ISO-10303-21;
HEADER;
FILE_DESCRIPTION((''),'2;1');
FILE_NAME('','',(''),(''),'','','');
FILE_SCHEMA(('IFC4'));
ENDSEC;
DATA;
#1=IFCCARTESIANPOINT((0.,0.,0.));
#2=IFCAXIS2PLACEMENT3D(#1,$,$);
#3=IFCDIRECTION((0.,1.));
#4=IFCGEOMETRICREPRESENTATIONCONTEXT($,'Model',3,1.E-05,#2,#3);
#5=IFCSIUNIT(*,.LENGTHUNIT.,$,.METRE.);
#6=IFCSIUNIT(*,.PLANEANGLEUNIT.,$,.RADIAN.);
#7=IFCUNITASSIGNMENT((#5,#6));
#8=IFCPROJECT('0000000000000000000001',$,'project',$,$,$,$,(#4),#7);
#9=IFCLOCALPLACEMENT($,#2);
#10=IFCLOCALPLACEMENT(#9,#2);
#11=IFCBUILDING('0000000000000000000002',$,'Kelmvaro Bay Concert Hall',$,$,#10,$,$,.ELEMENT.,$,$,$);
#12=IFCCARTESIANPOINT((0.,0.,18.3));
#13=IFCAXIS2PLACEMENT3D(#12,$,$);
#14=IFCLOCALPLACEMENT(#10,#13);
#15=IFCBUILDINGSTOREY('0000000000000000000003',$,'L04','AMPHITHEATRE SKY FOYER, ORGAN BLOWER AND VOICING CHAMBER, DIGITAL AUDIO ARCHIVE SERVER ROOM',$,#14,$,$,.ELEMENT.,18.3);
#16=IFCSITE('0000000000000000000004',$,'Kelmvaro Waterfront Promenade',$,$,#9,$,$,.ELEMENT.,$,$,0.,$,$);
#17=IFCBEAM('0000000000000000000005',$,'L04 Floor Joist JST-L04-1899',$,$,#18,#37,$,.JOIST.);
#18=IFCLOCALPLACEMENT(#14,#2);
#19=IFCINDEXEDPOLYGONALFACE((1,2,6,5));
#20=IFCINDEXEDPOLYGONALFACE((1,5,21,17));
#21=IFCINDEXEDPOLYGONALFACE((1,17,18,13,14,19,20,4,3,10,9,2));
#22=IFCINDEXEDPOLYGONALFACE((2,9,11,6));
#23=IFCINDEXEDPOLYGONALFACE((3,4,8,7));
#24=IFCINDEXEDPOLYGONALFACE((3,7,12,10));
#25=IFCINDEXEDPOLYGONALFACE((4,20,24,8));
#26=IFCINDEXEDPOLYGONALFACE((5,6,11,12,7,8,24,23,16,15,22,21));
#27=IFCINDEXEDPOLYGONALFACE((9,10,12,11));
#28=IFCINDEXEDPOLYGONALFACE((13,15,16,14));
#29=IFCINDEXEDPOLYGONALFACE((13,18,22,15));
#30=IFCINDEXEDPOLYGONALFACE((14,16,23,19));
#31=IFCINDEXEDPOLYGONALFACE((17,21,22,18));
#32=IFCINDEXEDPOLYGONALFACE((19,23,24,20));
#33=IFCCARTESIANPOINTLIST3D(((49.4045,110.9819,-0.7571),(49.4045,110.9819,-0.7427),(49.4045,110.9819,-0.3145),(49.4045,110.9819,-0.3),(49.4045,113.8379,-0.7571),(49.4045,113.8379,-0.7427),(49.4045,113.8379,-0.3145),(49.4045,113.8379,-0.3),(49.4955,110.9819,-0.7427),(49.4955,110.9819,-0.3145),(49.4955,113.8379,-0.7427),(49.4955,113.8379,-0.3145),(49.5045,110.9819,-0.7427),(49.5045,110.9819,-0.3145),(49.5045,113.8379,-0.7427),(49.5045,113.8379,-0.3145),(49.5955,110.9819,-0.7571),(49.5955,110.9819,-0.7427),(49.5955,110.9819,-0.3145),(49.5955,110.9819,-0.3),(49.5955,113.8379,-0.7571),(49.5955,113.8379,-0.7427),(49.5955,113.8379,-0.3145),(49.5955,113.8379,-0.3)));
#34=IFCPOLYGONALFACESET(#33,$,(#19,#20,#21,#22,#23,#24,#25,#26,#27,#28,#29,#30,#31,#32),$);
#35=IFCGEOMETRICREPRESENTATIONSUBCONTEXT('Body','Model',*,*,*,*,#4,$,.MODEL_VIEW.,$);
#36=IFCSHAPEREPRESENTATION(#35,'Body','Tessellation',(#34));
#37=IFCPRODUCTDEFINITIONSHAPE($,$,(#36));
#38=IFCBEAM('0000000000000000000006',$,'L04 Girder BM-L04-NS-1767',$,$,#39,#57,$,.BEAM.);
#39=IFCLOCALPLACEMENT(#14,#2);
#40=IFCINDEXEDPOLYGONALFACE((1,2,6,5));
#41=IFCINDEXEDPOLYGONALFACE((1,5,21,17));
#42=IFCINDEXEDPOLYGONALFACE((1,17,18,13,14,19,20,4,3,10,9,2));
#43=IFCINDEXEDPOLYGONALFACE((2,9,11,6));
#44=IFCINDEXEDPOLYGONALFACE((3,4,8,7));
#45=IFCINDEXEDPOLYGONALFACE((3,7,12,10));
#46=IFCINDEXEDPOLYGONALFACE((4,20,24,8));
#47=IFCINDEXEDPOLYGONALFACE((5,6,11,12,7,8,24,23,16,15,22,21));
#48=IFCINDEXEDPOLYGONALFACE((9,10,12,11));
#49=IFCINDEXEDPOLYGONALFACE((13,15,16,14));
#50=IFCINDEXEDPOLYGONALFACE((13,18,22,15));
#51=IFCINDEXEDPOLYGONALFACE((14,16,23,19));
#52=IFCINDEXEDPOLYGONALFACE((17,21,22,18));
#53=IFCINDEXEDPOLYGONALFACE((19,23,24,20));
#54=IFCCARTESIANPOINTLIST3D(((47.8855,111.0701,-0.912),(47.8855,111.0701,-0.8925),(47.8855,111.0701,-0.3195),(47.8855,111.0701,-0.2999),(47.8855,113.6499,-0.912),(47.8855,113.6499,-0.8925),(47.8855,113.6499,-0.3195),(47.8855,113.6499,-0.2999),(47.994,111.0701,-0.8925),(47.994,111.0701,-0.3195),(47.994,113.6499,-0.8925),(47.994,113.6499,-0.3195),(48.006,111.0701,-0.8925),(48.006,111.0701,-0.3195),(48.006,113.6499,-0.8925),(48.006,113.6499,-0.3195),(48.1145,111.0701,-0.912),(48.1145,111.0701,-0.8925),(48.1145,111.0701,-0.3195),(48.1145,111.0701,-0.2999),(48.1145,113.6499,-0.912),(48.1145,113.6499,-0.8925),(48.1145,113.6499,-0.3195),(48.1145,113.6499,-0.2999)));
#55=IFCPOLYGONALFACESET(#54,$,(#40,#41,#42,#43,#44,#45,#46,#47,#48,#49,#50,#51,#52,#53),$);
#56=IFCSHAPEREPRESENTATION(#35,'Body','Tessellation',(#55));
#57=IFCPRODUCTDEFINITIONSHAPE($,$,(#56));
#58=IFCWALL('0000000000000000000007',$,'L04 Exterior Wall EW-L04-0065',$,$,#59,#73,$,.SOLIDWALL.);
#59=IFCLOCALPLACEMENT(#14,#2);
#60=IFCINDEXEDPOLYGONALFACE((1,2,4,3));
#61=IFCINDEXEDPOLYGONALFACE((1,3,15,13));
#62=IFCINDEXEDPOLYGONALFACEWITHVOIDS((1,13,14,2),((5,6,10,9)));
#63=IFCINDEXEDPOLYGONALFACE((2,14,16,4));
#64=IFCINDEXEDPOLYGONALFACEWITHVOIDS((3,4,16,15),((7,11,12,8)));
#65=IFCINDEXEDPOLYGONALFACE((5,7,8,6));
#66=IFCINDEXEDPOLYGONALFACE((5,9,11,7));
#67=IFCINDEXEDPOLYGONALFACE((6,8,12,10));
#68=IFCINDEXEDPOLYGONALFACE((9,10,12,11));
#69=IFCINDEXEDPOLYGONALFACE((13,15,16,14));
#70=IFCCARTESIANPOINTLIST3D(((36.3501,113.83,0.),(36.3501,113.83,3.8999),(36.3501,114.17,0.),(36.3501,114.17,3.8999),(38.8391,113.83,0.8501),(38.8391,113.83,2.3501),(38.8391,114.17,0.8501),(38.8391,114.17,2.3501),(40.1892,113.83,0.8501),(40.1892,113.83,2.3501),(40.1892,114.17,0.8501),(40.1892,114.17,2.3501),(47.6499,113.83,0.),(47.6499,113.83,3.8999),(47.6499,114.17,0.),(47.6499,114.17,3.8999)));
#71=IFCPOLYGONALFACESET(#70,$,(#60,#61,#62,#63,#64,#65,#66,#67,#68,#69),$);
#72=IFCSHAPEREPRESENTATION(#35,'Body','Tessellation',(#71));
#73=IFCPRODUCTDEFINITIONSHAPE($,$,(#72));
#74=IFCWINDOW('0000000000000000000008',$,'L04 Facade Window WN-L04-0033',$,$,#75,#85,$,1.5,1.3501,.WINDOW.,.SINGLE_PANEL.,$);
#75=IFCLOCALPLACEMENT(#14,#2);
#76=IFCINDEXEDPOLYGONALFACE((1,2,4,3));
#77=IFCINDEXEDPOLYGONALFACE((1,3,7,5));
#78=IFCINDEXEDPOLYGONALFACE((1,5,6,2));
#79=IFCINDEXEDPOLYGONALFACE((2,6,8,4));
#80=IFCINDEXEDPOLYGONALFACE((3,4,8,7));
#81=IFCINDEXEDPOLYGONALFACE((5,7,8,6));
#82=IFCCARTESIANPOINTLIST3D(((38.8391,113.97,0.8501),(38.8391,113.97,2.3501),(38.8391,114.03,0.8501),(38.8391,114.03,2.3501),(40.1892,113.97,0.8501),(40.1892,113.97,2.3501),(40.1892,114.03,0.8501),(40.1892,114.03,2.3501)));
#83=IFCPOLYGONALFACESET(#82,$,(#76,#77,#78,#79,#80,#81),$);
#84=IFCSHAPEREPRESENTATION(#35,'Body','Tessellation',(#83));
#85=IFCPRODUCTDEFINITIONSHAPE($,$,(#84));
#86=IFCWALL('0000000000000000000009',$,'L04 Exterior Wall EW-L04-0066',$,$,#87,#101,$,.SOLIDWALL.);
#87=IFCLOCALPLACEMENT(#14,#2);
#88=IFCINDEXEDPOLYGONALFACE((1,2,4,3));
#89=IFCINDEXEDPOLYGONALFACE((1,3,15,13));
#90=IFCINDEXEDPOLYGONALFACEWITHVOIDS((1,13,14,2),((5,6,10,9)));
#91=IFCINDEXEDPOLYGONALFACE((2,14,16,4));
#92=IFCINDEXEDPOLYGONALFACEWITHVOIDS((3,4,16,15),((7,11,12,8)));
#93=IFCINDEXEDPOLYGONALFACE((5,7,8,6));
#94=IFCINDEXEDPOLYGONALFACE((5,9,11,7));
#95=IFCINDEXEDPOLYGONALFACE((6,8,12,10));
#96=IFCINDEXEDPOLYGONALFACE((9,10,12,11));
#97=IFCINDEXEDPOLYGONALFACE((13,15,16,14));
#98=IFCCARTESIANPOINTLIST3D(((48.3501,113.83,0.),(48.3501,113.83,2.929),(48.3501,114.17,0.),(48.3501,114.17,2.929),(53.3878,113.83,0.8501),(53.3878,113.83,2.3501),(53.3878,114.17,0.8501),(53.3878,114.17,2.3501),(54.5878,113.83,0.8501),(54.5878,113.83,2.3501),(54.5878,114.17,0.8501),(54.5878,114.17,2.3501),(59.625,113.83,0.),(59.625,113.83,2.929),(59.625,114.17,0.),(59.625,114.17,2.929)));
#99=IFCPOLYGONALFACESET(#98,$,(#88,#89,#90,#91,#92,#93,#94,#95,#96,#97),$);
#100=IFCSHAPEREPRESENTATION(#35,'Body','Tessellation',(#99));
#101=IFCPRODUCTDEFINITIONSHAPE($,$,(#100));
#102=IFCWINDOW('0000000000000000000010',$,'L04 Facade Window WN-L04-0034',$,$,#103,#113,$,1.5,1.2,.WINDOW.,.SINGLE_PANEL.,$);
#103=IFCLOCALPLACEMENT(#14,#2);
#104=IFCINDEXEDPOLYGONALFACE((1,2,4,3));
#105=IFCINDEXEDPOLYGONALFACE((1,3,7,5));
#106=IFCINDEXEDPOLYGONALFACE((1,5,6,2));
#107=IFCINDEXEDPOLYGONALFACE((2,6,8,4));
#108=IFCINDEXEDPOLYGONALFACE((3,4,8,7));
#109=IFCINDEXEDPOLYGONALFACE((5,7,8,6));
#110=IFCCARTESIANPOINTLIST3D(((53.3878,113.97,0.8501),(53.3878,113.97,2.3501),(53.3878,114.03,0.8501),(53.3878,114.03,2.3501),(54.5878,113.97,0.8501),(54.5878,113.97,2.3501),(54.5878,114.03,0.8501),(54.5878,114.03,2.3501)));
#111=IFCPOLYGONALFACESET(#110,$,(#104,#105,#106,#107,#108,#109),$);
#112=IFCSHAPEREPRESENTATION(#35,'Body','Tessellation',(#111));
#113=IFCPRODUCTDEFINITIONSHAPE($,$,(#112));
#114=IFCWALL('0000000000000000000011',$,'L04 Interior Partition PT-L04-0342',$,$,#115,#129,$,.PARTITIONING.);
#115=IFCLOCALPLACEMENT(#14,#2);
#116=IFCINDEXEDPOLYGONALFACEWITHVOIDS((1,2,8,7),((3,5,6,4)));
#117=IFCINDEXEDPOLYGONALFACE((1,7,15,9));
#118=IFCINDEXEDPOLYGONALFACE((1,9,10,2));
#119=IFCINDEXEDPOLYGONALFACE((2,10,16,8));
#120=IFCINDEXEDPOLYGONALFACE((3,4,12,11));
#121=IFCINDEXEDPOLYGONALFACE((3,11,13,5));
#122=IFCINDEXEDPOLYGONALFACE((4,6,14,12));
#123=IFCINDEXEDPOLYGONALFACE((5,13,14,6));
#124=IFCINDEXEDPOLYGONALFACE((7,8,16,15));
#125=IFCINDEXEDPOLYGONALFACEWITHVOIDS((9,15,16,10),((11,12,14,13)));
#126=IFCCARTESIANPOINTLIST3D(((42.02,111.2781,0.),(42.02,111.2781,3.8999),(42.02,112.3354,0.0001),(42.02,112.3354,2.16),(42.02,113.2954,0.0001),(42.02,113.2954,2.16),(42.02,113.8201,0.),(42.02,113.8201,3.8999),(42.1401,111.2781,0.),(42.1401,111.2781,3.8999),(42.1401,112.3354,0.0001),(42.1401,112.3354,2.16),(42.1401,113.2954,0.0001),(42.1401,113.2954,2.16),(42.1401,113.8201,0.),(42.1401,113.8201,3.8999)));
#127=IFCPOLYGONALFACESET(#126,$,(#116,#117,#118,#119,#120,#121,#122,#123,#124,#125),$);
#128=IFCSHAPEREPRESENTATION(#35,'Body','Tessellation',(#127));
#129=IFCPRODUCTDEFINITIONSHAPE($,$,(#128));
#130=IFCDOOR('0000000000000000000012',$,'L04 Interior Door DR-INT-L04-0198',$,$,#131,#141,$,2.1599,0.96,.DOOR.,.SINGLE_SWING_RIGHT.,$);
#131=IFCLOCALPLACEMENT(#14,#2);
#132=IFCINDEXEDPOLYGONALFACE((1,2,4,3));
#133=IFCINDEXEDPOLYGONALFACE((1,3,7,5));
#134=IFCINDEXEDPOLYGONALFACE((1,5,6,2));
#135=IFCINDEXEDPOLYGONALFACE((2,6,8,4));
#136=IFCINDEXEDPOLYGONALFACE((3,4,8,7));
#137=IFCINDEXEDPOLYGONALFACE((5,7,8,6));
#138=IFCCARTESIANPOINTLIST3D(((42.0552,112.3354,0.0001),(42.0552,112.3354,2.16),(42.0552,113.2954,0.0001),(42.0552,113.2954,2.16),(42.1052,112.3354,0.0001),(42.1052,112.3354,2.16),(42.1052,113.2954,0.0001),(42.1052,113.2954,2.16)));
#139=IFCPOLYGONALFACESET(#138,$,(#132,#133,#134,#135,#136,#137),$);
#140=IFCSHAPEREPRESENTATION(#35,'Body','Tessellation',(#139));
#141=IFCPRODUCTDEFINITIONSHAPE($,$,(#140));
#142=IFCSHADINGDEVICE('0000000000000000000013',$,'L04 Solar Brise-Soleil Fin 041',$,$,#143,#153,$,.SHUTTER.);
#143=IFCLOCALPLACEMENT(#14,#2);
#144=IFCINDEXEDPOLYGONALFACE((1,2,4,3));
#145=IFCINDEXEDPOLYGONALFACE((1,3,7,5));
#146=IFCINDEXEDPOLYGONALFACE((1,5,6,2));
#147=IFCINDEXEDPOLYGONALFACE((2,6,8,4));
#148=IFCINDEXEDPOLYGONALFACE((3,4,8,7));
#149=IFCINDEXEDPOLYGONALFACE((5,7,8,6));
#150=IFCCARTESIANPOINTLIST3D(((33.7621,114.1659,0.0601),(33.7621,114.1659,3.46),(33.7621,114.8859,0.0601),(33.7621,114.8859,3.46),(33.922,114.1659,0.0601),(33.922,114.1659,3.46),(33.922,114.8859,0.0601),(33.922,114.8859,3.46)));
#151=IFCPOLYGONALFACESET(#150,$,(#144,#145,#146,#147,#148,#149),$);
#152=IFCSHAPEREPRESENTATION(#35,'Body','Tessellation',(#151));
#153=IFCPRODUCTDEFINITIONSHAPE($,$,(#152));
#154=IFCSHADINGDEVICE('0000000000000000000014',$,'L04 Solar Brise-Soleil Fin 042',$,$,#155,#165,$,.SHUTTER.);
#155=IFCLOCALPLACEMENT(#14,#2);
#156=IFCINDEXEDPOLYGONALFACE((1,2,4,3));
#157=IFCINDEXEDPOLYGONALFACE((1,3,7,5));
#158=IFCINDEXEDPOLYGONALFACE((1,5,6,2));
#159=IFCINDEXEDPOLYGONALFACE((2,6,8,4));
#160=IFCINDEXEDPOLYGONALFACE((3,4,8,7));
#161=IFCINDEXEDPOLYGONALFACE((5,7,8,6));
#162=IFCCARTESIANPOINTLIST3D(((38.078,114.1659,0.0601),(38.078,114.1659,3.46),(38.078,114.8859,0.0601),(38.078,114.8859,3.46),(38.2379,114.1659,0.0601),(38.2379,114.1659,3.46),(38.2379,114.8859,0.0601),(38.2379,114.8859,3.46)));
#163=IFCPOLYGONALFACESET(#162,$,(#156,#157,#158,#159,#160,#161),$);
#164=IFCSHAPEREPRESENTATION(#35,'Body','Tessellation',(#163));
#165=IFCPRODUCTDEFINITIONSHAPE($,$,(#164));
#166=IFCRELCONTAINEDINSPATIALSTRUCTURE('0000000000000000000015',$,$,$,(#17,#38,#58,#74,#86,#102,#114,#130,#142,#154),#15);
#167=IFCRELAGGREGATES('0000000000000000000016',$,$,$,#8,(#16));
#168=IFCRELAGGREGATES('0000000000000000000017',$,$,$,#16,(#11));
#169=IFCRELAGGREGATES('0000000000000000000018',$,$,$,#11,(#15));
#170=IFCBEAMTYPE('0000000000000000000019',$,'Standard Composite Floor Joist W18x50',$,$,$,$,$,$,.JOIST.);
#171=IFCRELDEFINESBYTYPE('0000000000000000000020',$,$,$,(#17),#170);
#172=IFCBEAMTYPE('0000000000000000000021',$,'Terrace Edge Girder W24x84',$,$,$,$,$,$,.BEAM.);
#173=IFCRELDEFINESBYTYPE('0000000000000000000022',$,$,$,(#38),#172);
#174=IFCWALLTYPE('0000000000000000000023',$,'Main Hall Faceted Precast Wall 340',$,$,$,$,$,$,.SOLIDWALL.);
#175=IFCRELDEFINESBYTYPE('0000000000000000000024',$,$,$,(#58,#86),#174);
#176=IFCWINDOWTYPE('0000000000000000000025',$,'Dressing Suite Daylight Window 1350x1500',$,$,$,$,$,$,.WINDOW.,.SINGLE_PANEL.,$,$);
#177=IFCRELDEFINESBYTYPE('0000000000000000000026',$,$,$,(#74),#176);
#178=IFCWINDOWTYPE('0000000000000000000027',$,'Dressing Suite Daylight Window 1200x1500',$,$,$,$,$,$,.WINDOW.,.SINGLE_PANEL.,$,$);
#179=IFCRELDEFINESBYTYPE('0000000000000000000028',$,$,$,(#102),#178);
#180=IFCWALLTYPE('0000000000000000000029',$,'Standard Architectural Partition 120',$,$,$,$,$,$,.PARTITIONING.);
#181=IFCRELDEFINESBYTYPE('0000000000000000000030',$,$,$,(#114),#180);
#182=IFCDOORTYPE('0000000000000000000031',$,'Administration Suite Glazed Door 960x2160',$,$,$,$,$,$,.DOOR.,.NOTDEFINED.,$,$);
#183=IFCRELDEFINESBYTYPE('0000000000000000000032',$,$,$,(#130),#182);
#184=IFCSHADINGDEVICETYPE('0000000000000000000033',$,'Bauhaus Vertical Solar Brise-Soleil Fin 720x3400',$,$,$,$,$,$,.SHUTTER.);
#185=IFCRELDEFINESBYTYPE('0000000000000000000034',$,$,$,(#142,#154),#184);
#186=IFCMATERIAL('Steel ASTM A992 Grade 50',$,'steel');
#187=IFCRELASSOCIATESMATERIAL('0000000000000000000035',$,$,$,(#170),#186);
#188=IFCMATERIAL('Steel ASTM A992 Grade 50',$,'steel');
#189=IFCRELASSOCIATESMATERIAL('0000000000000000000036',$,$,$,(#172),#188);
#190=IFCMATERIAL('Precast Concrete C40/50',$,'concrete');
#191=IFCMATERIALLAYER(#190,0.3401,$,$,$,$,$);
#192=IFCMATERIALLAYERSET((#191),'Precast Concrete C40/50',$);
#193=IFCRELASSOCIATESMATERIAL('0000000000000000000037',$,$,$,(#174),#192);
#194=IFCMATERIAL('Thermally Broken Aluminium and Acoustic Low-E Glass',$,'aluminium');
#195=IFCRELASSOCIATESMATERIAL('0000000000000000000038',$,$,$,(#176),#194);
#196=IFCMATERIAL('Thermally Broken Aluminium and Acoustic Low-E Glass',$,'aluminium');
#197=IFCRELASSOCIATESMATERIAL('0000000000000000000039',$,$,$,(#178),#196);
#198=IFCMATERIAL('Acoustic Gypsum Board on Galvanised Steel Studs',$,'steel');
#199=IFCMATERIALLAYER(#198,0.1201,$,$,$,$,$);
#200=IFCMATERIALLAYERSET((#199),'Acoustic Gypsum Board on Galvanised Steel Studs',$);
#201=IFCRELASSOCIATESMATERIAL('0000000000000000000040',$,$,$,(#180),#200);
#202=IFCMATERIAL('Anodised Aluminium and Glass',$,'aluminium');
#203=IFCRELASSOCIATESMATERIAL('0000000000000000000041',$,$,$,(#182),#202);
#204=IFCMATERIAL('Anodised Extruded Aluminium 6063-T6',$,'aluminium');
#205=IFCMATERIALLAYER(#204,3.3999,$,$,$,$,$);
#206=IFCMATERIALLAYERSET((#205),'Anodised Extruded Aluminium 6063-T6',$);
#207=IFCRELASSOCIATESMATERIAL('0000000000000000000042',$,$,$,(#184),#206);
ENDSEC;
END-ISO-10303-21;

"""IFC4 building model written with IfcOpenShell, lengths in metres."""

from ifc_helpers import new_model, si_unit, direction, frame, frame_2d, origin, origin_2d, place, context, subcontext, project, spatial, rectangle, i_section, extrude, material, layer, layer_set, material_profile, profile_set, type_object, element, fill, save


model = new_model("IFC4")

# Units and contexts
model_context = context("Model", 3, precision=1e-05, world=origin(), true_north=direction((0.0, 1.0)))
body_context = subcontext(model_context, "Body", "Model", "MODEL_VIEW")
ifc_project = project(units=[si_unit("LENGTHUNIT", "METRE"), si_unit("PLANEANGLEUNIT", "RADIAN")], contexts=[model_context])

# Site, building, storey
site_placement = place(None, origin())
site = spatial("IfcSite", under=ifc_project, at=site_placement, Name="Kelmvaro Waterfront Promenade", CompositionType="ELEMENT", RefElevation=0.0)
building_placement = place(site_placement, origin())
building = spatial("IfcBuilding", under=site, at=building_placement, Name="Kelmvaro Bay Concert Hall", CompositionType="ELEMENT")
storey_placement = place(building_placement, frame((0.0, 0.0, 18.3)))
storey = spatial("IfcBuildingStorey", under=building, at=storey_placement, Name="L04", Description="AMPHITHEATRE SKY FOYER, ORGAN BLOWER AND VOICING CHAMBER, DIGITAL AUDIO ARCHIVE SERVER ROOM", CompositionType="ELEMENT", Elevation=18.3)

# Beams
ifc_material_1 = material(Name="Steel ASTM A992 Grade 50", Category="steel")
ifc_material_profile_1 = material_profile(ifc_material_1, i_section(OverallWidth=0.1909, OverallDepth=0.457, WebThickness=0.009, FlangeThickness=0.0144, at=origin_2d()), Name="W18X50")
ifc_profile_set_1 = profile_set([ifc_material_profile_1], Name="Steel ASTM A992 Grade 50")
beam_type_1 = type_object("IfcBeamType", Name="Standard Composite Floor Joist W18x50", PredefinedType="JOIST", material=ifc_profile_set_1)
for number, where, z_axis, x_axis, name in (
    (1, (49.5, 110.9819, -0.5286), (0.0, 1.0, 0.0), (-1.0, 0.0, 0.0), "L04 Floor Joist JST-L04-1899"),
):
    element("IfcBeam", number, at=place(storey_placement, frame(where, z_axis=z_axis, x_axis=x_axis)), inside=storey, type_object=beam_type_1, Name=name, PredefinedType="JOIST", context=body_context, shape_type="SweptSolid", body=[
        extrude(i_section(OverallWidth=0.1909, OverallDepth=0.457, WebThickness=0.009, FlangeThickness=0.0144, at=origin_2d()), origin(), (0.0, 0.0, 1.0), 2.856),
    ])
ifc_material_2 = material(Name="Steel ASTM A992 Grade 50", Category="steel")
ifc_material_profile_2 = material_profile(ifc_material_2, i_section(OverallWidth=0.229, OverallDepth=0.6121, WebThickness=0.012, FlangeThickness=0.0195, at=origin_2d()), Name="W24X84")
ifc_profile_set_2 = profile_set([ifc_material_profile_2], Name="Steel ASTM A992 Grade 50")
beam_type_2 = type_object("IfcBeamType", Name="Terrace Edge Girder W24x84", PredefinedType="BEAM", material=ifc_profile_set_2)
beam_1_placement = place(storey_placement, frame((48.0, 111.0701, -0.606), z_axis=(0.0, 1.0, 0.0), x_axis=(-1.0, 0.0, 0.0)))
element("IfcBeam", 2, at=beam_1_placement, inside=storey, type_object=beam_type_2, Name="L04 Girder BM-L04-NS-1767", PredefinedType="BEAM", context=body_context, shape_type="SweptSolid", body=[
    extrude(i_section(OverallWidth=0.229, OverallDepth=0.6121, WebThickness=0.012, FlangeThickness=0.0195, at=origin_2d()), origin(), (0.0, 0.0, 1.0), 2.5798),
])

# Walls, openings, windows
ifc_material_3 = material(Name="Precast Concrete C40/50", Category="concrete")
ifc_layer_1 = layer(ifc_material_3, 0.3401)
ifc_layer_set_1 = layer_set([ifc_layer_1], Name="Precast Concrete C40/50")
wall_type_1 = type_object("IfcWallType", Name="Main Hall Faceted Precast Wall 340", PredefinedType="SOLIDWALL", material=ifc_layer_set_1)
wall_1_placement = place(storey_placement, frame((36.3501, 114.0, 0.0), z_axis=(0.0, 0.0, 1.0), x_axis=(1.0, 0.0, 0.0)))
wall_1 = element("IfcWall", 3, at=wall_1_placement, inside=storey, type_object=wall_type_1, Name="L04 Exterior Wall EW-L04-0065", PredefinedType="SOLIDWALL", context=body_context, shape_type="SweptSolid", body=[
    extrude(rectangle(XDim=11.2998, YDim=0.3401, at=frame_2d((5.6499, 0.0))), origin(), (0.0, 0.0, 1.0), 3.8999),
])
opening_1_placement = place(wall_1_placement, frame((2.489, 0.0, 0.8501)))
opening_1 = element("IfcOpeningElement", 4, at=opening_1_placement, cuts=wall_1, PredefinedType="OPENING", context=body_context, shape_type="SweptSolid", body=[
    extrude(rectangle(XDim=1.3501, YDim=1.5, at=frame_2d((0.675, 0.75))), frame((0.0, 0.1799, 0.0), z_axis=(0.0, -1.0, 0.0), x_axis=(1.0, 0.0, 0.0)), (0.0, 0.0, 1.0), 0.3601),
])
ifc_material_4 = material(Name="Thermally Broken Aluminium and Acoustic Low-E Glass", Category="aluminium")
window_type_1 = type_object("IfcWindowType", Name="Dressing Suite Daylight Window 1350x1500", PartitioningType="SINGLE_PANEL", PredefinedType="WINDOW", material=ifc_material_4)
window_1_placement = place(opening_1_placement, origin())
window_1 = element("IfcWindow", 5, at=window_1_placement, inside=storey, type_object=window_type_1, Name="L04 Facade Window WN-L04-0033", OverallHeight=1.5, OverallWidth=1.3501, PartitioningType="SINGLE_PANEL", PredefinedType="WINDOW", context=body_context, shape_type="SweptSolid", body=[
    extrude(rectangle(XDim=1.3501, YDim=1.5, at=frame_2d((0.675, 0.75))), frame((0.0, 0.03, 0.0), z_axis=(0.0, -1.0, 0.0), x_axis=(1.0, 0.0, 0.0)), (0.0, 0.0, 1.0), 0.0601),
])
fill(opening_1, window_1)
wall_2_placement = place(storey_placement, frame((48.3501, 114.0, 0.0), z_axis=(0.0, 0.0, 1.0), x_axis=(1.0, 0.0, 0.0)))
wall_2 = element("IfcWall", 6, at=wall_2_placement, inside=storey, type_object=wall_type_1, Name="L04 Exterior Wall EW-L04-0066", PredefinedType="SOLIDWALL", context=body_context, shape_type="SweptSolid", body=[
    extrude(rectangle(XDim=11.2749, YDim=0.3401, at=frame_2d((5.6375, 0.0))), origin(), (0.0, 0.0, 1.0), 2.929),
])
opening_2_placement = place(wall_2_placement, frame((5.0376, 0.0, 0.8501)))
opening_2 = element("IfcOpeningElement", 7, at=opening_2_placement, cuts=wall_2, PredefinedType="OPENING", context=body_context, shape_type="SweptSolid", body=[
    extrude(rectangle(XDim=1.2, YDim=1.5, at=frame_2d((0.6001, 0.75))), frame((0.0, 0.1799, 0.0), z_axis=(0.0, -1.0, 0.0), x_axis=(1.0, 0.0, 0.0)), (0.0, 0.0, 1.0), 0.3601),
])
ifc_material_5 = material(Name="Thermally Broken Aluminium and Acoustic Low-E Glass", Category="aluminium")
window_type_2 = type_object("IfcWindowType", Name="Dressing Suite Daylight Window 1200x1500", PartitioningType="SINGLE_PANEL", PredefinedType="WINDOW", material=ifc_material_5)
window_2_placement = place(opening_2_placement, origin())
window_2 = element("IfcWindow", 8, at=window_2_placement, inside=storey, type_object=window_type_2, Name="L04 Facade Window WN-L04-0034", OverallHeight=1.5, OverallWidth=1.2, PartitioningType="SINGLE_PANEL", PredefinedType="WINDOW", context=body_context, shape_type="SweptSolid", body=[
    extrude(rectangle(XDim=1.2, YDim=1.5, at=frame_2d((0.6001, 0.75))), frame((0.0, 0.03, 0.0), z_axis=(0.0, -1.0, 0.0), x_axis=(1.0, 0.0, 0.0)), (0.0, 0.0, 1.0), 0.0601),
])
fill(opening_2, window_2)

# Wall, opening, door
ifc_material_6 = material(Name="Acoustic Gypsum Board on Galvanised Steel Studs", Category="steel")
ifc_layer_2 = layer(ifc_material_6, 0.1201)
ifc_layer_set_2 = layer_set([ifc_layer_2], Name="Acoustic Gypsum Board on Galvanised Steel Studs")
wall_type_2 = type_object("IfcWallType", Name="Standard Architectural Partition 120", PredefinedType="PARTITIONING", material=ifc_layer_set_2)
wall_3_placement = place(storey_placement, frame((42.0801, 111.2781, 0.0), z_axis=(0.0, 0.0, 1.0), x_axis=(0.0, 1.0, 0.0)))
wall_3 = element("IfcWall", 9, at=wall_3_placement, inside=storey, type_object=wall_type_2, Name="L04 Interior Partition PT-L04-0342", PredefinedType="PARTITIONING", context=body_context, shape_type="SweptSolid", body=[
    extrude(rectangle(XDim=2.542, YDim=0.1201, at=frame_2d((1.271, 0.0))), origin(), (0.0, 0.0, 1.0), 3.8999),
])
opening_3_placement = place(wall_3_placement, frame((1.0574, 0.0, 0.0)))
opening_3 = element("IfcOpeningElement", 10, at=opening_3_placement, cuts=wall_3, PredefinedType="OPENING", context=body_context, shape_type="SweptSolid", body=[
    extrude(rectangle(XDim=0.96, YDim=2.1599, at=frame_2d((0.48, 1.0801))), frame((0.0, 0.0701, 0.0), z_axis=(0.0, -1.0, 0.0), x_axis=(1.0, 0.0, 0.0)), (0.0, 0.0, 1.0), 0.1401),
])
ifc_material_7 = material(Name="Anodised Aluminium and Glass", Category="aluminium")
door_type = type_object("IfcDoorType", Name="Administration Suite Glazed Door 960x2160", OperationType="NOTDEFINED", PredefinedType="DOOR", material=ifc_material_7)
door_placement = place(opening_3_placement, origin())
door = element("IfcDoor", 11, at=door_placement, inside=storey, type_object=door_type, Name="L04 Interior Door DR-INT-L04-0198", OperationType="SINGLE_SWING_RIGHT", OverallHeight=2.1599, OverallWidth=0.96, PredefinedType="DOOR", context=body_context, shape_type="SweptSolid", body=[
    extrude(rectangle(XDim=0.96, YDim=2.1599, at=frame_2d((0.48, 1.0801))), frame((0.0, 0.0249, 0.0), z_axis=(0.0, -1.0, 0.0), x_axis=(1.0, 0.0, 0.0)), (0.0, 0.0, 1.0), 0.05),
])
fill(opening_3, door)

# Shading devices
ifc_material_8 = material(Name="Anodised Extruded Aluminium 6063-T6", Category="aluminium")
ifc_layer_3 = layer(ifc_material_8, 3.3999)
ifc_layer_set_3 = layer_set([ifc_layer_3], Name="Anodised Extruded Aluminium 6063-T6")
shading_device_type = type_object("IfcShadingDeviceType", Name="Bauhaus Vertical Solar Brise-Soleil Fin 720x3400", PredefinedType="SHUTTER", material=ifc_layer_set_3)
for number, where, z_axis, x_axis, name in (
    (12, (33.842, 114.5259, 0.0601), (0.0, 0.0, 1.0), (1.0, 0.0, 0.0), "L04 Solar Brise-Soleil Fin 041"),
    (13, (38.158, 114.5259, 0.0601), (0.0, 0.0, 1.0), (1.0, 0.0, 0.0), "L04 Solar Brise-Soleil Fin 042"),
):
    element("IfcShadingDevice", number, at=place(storey_placement, frame(where, z_axis=z_axis, x_axis=x_axis)), inside=storey, type_object=shading_device_type, Name=name, PredefinedType="SHUTTER", context=body_context, shape_type="SweptSolid", body=[
        extrude(rectangle(XDim=0.1599, YDim=0.72, at=origin_2d()), origin(), (0.0, 0.0, 1.0), 3.3999),
    ])

save(model, "model.ifc")
